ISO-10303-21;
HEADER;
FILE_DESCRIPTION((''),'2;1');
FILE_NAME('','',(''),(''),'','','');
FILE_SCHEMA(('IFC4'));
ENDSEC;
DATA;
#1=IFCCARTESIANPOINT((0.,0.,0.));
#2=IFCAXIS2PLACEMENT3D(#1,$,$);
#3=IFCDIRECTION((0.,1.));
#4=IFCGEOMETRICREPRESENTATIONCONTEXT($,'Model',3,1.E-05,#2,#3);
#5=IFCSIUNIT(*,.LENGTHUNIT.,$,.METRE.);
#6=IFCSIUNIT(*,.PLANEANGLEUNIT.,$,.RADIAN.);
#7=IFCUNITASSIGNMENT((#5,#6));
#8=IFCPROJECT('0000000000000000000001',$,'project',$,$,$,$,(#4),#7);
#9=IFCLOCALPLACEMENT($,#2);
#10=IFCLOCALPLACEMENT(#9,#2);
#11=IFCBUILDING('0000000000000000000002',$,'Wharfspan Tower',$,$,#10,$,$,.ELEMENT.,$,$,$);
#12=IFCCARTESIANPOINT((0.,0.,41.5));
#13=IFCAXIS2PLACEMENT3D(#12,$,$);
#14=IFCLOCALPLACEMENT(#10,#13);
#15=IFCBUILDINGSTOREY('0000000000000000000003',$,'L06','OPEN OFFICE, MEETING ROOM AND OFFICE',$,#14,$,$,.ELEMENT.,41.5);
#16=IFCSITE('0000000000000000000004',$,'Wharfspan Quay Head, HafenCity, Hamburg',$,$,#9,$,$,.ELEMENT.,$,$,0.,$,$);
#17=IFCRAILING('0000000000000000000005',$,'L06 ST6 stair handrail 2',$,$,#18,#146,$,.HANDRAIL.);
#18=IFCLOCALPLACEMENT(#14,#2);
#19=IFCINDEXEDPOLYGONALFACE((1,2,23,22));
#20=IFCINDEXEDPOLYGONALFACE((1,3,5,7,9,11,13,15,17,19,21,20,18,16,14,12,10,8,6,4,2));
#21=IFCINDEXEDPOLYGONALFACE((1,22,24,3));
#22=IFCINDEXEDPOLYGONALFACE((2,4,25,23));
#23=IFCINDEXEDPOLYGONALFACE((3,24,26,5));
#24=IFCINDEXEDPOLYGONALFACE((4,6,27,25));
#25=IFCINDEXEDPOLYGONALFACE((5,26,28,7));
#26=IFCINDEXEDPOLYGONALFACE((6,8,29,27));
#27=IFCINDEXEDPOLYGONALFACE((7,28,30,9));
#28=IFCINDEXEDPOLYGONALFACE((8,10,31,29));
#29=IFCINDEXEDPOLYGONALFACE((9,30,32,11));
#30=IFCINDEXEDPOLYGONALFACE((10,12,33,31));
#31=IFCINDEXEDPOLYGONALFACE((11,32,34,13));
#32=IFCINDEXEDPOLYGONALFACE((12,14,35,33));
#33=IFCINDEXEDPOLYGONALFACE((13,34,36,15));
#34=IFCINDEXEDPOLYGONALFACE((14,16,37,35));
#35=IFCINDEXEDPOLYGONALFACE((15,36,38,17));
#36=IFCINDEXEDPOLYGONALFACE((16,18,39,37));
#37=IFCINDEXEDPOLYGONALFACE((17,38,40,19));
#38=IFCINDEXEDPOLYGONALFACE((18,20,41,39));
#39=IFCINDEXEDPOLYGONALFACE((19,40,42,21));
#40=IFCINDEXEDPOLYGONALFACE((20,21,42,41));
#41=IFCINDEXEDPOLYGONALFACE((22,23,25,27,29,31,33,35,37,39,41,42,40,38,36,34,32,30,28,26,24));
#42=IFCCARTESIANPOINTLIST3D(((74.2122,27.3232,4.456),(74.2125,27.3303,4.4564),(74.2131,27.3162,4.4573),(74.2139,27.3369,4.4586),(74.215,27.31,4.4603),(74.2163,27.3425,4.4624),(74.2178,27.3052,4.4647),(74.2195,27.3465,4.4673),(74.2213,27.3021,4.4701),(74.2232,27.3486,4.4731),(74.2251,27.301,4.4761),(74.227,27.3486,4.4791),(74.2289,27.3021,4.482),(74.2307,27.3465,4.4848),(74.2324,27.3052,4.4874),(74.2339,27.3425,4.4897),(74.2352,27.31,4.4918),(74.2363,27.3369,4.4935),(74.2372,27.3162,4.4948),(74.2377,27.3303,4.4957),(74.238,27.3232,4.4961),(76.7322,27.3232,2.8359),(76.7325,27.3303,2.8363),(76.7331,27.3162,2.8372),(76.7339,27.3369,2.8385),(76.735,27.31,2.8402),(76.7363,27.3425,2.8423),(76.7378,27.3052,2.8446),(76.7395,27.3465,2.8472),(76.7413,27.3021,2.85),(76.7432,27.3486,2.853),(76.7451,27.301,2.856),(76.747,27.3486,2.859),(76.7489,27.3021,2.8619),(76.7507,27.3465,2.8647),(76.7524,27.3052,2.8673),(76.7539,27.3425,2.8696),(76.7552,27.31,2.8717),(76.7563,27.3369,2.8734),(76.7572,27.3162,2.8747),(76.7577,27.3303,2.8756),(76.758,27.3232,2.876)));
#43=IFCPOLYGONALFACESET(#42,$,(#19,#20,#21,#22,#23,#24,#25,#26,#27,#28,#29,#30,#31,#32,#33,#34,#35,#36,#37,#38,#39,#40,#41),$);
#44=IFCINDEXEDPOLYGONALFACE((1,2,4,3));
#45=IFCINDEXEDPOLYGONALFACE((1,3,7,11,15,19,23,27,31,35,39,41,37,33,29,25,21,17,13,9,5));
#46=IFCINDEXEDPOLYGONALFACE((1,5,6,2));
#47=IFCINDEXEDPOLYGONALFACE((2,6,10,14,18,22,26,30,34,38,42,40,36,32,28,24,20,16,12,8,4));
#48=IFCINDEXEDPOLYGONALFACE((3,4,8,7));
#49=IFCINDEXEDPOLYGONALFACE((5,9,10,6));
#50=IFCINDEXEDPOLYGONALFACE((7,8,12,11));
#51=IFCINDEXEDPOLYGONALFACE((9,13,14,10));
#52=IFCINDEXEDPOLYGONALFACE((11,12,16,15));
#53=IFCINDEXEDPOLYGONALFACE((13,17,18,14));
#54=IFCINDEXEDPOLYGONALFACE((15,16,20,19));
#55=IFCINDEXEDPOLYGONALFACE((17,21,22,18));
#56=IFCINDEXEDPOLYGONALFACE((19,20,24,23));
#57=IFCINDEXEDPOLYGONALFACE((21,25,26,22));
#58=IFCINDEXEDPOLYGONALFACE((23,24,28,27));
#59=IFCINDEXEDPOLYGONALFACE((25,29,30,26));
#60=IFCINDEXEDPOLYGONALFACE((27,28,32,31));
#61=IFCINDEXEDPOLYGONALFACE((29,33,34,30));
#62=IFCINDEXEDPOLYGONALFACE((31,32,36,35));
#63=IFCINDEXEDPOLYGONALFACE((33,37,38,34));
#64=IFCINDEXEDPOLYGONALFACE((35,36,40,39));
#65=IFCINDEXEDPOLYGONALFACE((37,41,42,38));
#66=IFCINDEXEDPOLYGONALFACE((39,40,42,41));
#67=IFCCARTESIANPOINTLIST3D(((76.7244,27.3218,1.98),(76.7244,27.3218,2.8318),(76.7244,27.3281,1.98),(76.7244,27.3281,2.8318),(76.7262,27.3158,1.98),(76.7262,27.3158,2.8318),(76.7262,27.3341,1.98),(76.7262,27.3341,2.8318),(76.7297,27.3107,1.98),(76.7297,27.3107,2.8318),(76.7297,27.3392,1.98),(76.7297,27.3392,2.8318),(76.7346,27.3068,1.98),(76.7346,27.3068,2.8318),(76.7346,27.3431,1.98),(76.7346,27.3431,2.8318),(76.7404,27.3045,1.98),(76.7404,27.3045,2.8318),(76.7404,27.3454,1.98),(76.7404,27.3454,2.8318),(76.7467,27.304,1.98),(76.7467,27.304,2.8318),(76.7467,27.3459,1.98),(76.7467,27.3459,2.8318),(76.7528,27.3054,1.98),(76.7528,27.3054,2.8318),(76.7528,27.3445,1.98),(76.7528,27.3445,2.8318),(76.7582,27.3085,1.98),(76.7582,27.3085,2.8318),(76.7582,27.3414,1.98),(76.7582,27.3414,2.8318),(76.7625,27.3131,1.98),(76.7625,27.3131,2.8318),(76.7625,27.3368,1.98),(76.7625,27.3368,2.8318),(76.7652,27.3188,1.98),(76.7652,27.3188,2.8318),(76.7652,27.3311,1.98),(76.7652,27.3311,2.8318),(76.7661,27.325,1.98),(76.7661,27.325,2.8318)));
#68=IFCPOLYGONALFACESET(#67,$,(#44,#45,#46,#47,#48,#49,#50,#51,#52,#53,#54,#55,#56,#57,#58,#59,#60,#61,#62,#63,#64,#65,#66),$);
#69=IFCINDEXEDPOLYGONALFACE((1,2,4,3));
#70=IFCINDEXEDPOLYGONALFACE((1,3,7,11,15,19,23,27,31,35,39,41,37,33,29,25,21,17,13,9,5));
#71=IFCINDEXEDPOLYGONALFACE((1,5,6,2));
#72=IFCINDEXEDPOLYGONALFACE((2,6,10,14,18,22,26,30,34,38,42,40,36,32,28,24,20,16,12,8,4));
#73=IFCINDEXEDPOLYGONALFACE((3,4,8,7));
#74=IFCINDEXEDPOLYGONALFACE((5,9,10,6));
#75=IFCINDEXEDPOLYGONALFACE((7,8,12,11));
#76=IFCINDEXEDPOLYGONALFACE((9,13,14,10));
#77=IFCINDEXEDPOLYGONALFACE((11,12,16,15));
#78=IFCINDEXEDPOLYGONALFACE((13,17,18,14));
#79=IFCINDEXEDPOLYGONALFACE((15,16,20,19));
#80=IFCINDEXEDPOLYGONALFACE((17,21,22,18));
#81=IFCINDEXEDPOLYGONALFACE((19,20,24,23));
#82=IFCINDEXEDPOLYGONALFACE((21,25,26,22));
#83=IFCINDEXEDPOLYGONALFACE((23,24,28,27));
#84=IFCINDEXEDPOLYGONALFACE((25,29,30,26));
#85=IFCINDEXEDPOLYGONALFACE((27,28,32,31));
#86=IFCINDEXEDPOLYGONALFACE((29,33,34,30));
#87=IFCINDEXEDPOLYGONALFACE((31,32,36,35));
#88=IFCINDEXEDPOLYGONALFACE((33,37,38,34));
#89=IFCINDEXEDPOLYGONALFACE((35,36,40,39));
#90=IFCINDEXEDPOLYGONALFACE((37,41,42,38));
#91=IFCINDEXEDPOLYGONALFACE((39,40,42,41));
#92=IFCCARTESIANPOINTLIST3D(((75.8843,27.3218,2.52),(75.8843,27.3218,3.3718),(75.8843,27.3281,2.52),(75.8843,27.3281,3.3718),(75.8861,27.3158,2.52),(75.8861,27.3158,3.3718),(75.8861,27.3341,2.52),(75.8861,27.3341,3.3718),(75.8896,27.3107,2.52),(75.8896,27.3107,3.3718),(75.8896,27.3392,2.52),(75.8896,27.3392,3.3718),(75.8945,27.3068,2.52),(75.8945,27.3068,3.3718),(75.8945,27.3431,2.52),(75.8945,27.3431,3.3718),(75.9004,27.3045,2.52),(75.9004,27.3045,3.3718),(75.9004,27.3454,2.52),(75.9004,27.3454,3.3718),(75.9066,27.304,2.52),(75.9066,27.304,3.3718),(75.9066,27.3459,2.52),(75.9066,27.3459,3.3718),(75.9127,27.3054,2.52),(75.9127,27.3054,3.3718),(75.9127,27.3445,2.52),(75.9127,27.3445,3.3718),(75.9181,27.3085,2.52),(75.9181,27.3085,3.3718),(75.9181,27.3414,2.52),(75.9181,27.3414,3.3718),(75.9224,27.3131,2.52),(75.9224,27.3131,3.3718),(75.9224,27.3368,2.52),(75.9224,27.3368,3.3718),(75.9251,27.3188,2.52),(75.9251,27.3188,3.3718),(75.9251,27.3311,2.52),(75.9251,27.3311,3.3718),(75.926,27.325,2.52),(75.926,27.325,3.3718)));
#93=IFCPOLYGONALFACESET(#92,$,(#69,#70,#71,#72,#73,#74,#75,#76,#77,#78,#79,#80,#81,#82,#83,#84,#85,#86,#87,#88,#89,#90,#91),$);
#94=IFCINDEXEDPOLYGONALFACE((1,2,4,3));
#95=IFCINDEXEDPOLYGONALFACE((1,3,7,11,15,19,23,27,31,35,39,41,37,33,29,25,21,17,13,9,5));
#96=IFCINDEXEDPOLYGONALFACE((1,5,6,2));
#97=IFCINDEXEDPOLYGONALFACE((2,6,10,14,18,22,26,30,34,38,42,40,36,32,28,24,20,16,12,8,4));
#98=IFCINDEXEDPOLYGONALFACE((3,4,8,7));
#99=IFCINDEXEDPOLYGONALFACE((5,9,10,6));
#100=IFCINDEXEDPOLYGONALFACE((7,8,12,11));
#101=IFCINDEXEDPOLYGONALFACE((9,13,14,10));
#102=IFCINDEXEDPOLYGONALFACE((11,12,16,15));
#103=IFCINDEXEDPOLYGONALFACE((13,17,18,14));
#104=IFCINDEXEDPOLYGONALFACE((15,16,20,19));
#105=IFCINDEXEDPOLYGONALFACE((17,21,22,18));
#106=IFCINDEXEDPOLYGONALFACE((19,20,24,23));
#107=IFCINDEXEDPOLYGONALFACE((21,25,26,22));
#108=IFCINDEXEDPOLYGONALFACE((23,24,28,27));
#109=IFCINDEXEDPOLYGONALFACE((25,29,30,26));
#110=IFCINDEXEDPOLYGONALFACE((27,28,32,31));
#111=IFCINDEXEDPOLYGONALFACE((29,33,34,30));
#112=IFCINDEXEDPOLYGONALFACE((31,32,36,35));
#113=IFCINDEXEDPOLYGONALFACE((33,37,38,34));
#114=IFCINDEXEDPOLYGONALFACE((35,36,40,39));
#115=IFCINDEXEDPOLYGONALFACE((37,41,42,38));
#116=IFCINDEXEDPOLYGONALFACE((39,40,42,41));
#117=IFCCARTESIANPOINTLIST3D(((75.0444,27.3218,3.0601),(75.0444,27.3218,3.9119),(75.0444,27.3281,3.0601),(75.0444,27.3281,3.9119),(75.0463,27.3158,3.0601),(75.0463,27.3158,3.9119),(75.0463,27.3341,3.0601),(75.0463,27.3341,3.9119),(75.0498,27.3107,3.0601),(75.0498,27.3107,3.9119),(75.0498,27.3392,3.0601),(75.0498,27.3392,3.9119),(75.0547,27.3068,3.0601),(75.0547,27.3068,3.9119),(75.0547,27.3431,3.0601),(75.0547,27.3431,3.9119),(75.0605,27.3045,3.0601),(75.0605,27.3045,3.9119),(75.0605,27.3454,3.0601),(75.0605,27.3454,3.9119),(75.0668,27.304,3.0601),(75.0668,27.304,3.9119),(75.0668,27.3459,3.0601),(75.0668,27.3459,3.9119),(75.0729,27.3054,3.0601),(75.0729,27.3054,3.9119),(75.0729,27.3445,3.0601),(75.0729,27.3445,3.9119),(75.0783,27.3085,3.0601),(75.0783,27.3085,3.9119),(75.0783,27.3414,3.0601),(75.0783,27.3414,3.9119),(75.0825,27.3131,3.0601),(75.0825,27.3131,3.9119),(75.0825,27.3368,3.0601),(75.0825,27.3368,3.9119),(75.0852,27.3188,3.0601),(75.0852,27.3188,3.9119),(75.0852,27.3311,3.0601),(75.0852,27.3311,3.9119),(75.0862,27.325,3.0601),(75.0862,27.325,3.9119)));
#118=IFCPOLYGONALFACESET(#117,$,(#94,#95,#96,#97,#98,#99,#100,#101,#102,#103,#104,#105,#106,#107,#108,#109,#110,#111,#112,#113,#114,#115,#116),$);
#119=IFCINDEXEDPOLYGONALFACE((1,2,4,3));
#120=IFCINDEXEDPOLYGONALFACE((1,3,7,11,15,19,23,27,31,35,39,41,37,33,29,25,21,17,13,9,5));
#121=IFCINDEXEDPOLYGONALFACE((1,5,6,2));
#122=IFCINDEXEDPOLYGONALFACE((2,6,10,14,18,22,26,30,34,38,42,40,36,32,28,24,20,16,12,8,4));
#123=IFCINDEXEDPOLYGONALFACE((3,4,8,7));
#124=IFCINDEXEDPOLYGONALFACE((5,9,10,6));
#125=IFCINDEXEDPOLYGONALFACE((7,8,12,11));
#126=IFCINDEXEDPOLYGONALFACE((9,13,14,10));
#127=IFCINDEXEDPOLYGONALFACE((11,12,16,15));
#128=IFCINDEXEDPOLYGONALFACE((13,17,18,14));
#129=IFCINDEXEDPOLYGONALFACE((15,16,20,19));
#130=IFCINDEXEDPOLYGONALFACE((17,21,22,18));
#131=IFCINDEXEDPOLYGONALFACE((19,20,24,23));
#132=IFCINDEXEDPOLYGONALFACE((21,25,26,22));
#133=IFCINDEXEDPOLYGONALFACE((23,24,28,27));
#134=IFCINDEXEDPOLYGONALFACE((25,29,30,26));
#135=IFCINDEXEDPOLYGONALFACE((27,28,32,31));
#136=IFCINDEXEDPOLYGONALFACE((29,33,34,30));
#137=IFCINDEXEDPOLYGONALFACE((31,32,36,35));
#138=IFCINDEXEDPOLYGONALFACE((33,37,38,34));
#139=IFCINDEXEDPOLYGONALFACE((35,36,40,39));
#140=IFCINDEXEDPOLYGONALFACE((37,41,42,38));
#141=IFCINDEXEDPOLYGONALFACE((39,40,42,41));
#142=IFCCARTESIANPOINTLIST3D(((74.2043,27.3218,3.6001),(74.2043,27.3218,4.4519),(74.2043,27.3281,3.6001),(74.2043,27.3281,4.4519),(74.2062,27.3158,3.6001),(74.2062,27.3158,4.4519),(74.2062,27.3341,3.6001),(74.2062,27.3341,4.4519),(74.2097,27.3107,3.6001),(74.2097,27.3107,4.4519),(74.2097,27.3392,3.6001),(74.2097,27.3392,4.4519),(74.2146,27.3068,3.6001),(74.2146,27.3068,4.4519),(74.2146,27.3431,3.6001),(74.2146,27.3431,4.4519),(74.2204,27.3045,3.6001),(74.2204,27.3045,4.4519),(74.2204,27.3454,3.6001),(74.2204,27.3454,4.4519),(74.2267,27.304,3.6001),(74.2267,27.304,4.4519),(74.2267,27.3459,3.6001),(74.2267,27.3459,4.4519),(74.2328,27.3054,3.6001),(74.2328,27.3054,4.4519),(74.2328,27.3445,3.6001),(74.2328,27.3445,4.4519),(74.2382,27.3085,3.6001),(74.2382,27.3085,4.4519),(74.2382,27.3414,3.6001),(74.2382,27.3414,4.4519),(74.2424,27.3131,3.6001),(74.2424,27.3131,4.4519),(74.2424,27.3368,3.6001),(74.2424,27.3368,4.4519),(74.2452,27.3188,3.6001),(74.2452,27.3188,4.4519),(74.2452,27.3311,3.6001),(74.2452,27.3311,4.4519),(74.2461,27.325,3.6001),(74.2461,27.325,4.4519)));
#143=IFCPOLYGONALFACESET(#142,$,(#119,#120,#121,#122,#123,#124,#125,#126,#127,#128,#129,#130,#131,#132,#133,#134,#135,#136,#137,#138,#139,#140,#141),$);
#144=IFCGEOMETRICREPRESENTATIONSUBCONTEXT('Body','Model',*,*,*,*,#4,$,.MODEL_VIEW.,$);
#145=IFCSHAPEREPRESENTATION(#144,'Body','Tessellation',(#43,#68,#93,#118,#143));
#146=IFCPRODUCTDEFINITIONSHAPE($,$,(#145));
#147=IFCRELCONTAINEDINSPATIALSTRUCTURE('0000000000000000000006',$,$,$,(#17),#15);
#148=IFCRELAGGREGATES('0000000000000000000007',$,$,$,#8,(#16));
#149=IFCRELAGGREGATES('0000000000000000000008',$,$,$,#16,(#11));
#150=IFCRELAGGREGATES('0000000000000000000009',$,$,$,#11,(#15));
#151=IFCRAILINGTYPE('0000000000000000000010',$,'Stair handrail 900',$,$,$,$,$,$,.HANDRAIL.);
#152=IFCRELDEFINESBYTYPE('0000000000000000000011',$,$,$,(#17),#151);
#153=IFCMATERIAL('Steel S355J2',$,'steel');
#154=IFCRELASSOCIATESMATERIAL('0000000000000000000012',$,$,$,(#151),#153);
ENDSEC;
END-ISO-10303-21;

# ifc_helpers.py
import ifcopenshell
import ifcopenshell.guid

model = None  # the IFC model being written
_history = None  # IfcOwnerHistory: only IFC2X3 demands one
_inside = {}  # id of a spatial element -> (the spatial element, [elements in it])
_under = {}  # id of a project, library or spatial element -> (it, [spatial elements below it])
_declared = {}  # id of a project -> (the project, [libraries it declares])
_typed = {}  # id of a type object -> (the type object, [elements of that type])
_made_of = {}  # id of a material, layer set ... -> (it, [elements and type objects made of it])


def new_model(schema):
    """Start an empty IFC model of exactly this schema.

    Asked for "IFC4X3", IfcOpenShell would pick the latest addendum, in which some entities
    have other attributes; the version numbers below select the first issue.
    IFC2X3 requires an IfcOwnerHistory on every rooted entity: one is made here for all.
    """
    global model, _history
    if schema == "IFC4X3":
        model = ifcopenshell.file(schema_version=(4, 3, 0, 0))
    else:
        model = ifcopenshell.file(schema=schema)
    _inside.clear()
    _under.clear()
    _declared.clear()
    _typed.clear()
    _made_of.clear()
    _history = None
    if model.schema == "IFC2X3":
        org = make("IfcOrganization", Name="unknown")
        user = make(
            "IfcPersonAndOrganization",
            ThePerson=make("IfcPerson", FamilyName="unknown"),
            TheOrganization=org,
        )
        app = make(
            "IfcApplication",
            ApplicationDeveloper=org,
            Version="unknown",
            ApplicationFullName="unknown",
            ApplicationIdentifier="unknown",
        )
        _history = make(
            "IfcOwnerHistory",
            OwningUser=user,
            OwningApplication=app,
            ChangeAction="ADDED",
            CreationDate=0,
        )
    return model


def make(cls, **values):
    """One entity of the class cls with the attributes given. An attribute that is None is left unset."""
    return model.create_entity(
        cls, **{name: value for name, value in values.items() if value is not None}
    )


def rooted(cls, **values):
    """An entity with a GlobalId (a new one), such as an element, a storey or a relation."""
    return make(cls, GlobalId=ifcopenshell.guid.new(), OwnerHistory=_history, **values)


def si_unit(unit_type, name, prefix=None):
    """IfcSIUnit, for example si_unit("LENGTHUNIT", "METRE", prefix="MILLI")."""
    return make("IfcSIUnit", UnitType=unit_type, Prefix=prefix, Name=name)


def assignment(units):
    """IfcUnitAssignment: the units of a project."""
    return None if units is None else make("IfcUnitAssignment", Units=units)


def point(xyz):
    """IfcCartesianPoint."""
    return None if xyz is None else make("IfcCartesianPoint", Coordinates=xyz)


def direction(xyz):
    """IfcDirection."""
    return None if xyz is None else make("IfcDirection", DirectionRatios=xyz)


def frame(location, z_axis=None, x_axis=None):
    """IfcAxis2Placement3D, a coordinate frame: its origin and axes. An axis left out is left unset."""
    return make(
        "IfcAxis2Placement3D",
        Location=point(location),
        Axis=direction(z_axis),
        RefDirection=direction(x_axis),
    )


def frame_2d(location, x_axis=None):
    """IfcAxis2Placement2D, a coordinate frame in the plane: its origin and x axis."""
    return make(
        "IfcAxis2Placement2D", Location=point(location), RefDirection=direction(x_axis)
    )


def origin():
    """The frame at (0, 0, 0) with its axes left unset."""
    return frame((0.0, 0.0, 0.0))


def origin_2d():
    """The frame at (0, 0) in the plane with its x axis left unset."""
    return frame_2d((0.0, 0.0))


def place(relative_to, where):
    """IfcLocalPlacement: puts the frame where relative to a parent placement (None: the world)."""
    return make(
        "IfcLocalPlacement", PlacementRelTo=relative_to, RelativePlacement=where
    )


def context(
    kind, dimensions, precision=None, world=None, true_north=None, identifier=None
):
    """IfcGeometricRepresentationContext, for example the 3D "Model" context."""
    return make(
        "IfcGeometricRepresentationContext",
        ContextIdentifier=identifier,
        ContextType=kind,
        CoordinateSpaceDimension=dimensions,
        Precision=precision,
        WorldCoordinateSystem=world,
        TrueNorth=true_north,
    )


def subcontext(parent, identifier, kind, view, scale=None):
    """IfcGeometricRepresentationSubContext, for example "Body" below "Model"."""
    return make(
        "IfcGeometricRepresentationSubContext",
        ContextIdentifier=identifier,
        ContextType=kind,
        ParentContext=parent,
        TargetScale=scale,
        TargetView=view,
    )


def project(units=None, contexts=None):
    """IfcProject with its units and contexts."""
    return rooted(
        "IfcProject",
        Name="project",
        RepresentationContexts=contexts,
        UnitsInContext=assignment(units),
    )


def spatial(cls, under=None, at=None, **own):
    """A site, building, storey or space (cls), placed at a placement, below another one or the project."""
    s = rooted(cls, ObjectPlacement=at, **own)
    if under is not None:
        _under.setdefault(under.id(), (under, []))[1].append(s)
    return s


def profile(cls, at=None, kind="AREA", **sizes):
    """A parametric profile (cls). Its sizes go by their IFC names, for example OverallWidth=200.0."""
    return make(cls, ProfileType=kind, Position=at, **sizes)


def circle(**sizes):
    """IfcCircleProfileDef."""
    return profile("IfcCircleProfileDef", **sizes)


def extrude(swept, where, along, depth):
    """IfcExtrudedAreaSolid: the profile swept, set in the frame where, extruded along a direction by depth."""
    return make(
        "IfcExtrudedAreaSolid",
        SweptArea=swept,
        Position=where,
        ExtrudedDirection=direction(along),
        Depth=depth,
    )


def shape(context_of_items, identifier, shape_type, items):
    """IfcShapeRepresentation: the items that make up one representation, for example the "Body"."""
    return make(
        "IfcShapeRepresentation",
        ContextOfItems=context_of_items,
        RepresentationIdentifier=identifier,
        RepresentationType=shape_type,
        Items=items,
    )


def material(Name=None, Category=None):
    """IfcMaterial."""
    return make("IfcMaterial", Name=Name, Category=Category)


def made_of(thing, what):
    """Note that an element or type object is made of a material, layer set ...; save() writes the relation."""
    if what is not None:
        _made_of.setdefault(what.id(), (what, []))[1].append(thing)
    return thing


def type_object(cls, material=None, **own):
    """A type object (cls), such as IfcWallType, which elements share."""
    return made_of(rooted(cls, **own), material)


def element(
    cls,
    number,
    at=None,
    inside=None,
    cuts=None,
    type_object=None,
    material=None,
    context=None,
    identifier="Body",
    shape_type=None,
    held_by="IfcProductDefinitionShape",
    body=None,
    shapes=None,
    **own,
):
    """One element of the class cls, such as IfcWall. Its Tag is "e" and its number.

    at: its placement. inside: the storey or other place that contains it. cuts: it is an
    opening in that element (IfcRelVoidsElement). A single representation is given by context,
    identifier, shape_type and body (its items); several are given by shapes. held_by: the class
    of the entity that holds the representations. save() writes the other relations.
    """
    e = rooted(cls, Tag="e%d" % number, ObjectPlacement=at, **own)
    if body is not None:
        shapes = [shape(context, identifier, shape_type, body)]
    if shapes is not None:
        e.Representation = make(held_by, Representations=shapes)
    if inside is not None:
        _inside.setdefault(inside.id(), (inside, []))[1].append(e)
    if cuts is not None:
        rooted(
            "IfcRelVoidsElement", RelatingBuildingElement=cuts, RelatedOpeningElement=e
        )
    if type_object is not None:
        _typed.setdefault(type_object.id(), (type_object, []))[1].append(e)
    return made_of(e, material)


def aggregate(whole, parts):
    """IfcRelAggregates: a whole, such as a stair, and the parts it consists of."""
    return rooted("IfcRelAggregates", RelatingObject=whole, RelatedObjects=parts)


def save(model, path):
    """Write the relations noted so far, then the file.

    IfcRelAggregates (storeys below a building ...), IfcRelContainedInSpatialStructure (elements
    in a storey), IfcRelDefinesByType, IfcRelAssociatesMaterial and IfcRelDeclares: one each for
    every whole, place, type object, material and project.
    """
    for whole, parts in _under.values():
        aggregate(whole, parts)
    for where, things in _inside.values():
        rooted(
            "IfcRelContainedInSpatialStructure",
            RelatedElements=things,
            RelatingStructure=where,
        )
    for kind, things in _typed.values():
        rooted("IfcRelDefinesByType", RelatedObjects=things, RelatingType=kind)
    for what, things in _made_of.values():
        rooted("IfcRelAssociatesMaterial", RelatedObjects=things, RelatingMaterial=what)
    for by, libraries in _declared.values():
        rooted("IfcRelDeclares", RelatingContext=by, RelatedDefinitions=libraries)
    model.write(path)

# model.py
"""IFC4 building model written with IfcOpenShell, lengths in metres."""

from ifc_helpers import new_model, si_unit, direction, frame, origin, origin_2d, place, context, subcontext, project, spatial, circle, extrude, material, type_object, element, save


model = new_model("IFC4")

# Units and contexts
model_context = context("Model", 3, precision=1e-05, world=origin(), true_north=direction((0.0, 1.0)))
body_context = subcontext(model_context, "Body", "Model", "MODEL_VIEW")
ifc_project = project(units=[si_unit("LENGTHUNIT", "METRE"), si_unit("PLANEANGLEUNIT", "RADIAN")], contexts=[model_context])

# Site, building, storey
site_placement = place(None, origin())
site = spatial("IfcSite", under=ifc_project, at=site_placement, Name="Wharfspan Quay Head, HafenCity, Hamburg", CompositionType="ELEMENT", RefElevation=0.0)
building_placement = place(site_placement, origin())
building = spatial("IfcBuilding", under=site, at=building_placement, Name="Wharfspan Tower", CompositionType="ELEMENT")
storey_placement = place(building_placement, frame((0.0, 0.0, 41.5)))
storey = spatial("IfcBuildingStorey", under=building, at=storey_placement, Name="L06", Description="OPEN OFFICE, MEETING ROOM AND OFFICE", CompositionType="ELEMENT", Elevation=41.5)

# Shared definitions
ifc_material_1 = material(Name="Steel S355J2", Category="steel")

# Railing
railing_type_1 = type_object("IfcRailingType", Name="Stair handrail 900", PredefinedType="HANDRAIL", material=ifc_material_1)
railing_1_placement = place(storey_placement, frame((76.7451, 27.325, 1.98)))
element("IfcRailing", 1, at=railing_1_placement, inside=storey, type_object=railing_type_1, Name="L06 ST6 stair handrail 2", PredefinedType="HANDRAIL", context=body_context, shape_type="SweptSolid", body=[
    extrude(circle(Radius=0.0239, at=origin_2d()), frame((0.0, 0.0, 0.876), z_axis=(-0.841163, 0.0, 0.540782), x_axis=(0.0, -1.0, 0.0)), (0.0, 0.0, 1.0), 2.9958),
    extrude(circle(Radius=0.021, at=origin_2d()), origin(), (0.0, 0.0, 1.0), 0.8518),
    extrude(circle(Radius=0.021, at=origin_2d()), frame((-0.8401, 0.0, 0.54)), (0.0, 0.0, 1.0), 0.8518),
    extrude(circle(Radius=0.021, at=origin_2d()), frame((-1.6799, 0.0, 1.0801)), (0.0, 0.0, 1.0), 0.8518),
    extrude(circle(Radius=0.021, at=origin_2d()), frame((-2.52, 0.0, 1.6201)), (0.0, 0.0, 1.0), 0.8518),
])

save(model, "model.ifc")
